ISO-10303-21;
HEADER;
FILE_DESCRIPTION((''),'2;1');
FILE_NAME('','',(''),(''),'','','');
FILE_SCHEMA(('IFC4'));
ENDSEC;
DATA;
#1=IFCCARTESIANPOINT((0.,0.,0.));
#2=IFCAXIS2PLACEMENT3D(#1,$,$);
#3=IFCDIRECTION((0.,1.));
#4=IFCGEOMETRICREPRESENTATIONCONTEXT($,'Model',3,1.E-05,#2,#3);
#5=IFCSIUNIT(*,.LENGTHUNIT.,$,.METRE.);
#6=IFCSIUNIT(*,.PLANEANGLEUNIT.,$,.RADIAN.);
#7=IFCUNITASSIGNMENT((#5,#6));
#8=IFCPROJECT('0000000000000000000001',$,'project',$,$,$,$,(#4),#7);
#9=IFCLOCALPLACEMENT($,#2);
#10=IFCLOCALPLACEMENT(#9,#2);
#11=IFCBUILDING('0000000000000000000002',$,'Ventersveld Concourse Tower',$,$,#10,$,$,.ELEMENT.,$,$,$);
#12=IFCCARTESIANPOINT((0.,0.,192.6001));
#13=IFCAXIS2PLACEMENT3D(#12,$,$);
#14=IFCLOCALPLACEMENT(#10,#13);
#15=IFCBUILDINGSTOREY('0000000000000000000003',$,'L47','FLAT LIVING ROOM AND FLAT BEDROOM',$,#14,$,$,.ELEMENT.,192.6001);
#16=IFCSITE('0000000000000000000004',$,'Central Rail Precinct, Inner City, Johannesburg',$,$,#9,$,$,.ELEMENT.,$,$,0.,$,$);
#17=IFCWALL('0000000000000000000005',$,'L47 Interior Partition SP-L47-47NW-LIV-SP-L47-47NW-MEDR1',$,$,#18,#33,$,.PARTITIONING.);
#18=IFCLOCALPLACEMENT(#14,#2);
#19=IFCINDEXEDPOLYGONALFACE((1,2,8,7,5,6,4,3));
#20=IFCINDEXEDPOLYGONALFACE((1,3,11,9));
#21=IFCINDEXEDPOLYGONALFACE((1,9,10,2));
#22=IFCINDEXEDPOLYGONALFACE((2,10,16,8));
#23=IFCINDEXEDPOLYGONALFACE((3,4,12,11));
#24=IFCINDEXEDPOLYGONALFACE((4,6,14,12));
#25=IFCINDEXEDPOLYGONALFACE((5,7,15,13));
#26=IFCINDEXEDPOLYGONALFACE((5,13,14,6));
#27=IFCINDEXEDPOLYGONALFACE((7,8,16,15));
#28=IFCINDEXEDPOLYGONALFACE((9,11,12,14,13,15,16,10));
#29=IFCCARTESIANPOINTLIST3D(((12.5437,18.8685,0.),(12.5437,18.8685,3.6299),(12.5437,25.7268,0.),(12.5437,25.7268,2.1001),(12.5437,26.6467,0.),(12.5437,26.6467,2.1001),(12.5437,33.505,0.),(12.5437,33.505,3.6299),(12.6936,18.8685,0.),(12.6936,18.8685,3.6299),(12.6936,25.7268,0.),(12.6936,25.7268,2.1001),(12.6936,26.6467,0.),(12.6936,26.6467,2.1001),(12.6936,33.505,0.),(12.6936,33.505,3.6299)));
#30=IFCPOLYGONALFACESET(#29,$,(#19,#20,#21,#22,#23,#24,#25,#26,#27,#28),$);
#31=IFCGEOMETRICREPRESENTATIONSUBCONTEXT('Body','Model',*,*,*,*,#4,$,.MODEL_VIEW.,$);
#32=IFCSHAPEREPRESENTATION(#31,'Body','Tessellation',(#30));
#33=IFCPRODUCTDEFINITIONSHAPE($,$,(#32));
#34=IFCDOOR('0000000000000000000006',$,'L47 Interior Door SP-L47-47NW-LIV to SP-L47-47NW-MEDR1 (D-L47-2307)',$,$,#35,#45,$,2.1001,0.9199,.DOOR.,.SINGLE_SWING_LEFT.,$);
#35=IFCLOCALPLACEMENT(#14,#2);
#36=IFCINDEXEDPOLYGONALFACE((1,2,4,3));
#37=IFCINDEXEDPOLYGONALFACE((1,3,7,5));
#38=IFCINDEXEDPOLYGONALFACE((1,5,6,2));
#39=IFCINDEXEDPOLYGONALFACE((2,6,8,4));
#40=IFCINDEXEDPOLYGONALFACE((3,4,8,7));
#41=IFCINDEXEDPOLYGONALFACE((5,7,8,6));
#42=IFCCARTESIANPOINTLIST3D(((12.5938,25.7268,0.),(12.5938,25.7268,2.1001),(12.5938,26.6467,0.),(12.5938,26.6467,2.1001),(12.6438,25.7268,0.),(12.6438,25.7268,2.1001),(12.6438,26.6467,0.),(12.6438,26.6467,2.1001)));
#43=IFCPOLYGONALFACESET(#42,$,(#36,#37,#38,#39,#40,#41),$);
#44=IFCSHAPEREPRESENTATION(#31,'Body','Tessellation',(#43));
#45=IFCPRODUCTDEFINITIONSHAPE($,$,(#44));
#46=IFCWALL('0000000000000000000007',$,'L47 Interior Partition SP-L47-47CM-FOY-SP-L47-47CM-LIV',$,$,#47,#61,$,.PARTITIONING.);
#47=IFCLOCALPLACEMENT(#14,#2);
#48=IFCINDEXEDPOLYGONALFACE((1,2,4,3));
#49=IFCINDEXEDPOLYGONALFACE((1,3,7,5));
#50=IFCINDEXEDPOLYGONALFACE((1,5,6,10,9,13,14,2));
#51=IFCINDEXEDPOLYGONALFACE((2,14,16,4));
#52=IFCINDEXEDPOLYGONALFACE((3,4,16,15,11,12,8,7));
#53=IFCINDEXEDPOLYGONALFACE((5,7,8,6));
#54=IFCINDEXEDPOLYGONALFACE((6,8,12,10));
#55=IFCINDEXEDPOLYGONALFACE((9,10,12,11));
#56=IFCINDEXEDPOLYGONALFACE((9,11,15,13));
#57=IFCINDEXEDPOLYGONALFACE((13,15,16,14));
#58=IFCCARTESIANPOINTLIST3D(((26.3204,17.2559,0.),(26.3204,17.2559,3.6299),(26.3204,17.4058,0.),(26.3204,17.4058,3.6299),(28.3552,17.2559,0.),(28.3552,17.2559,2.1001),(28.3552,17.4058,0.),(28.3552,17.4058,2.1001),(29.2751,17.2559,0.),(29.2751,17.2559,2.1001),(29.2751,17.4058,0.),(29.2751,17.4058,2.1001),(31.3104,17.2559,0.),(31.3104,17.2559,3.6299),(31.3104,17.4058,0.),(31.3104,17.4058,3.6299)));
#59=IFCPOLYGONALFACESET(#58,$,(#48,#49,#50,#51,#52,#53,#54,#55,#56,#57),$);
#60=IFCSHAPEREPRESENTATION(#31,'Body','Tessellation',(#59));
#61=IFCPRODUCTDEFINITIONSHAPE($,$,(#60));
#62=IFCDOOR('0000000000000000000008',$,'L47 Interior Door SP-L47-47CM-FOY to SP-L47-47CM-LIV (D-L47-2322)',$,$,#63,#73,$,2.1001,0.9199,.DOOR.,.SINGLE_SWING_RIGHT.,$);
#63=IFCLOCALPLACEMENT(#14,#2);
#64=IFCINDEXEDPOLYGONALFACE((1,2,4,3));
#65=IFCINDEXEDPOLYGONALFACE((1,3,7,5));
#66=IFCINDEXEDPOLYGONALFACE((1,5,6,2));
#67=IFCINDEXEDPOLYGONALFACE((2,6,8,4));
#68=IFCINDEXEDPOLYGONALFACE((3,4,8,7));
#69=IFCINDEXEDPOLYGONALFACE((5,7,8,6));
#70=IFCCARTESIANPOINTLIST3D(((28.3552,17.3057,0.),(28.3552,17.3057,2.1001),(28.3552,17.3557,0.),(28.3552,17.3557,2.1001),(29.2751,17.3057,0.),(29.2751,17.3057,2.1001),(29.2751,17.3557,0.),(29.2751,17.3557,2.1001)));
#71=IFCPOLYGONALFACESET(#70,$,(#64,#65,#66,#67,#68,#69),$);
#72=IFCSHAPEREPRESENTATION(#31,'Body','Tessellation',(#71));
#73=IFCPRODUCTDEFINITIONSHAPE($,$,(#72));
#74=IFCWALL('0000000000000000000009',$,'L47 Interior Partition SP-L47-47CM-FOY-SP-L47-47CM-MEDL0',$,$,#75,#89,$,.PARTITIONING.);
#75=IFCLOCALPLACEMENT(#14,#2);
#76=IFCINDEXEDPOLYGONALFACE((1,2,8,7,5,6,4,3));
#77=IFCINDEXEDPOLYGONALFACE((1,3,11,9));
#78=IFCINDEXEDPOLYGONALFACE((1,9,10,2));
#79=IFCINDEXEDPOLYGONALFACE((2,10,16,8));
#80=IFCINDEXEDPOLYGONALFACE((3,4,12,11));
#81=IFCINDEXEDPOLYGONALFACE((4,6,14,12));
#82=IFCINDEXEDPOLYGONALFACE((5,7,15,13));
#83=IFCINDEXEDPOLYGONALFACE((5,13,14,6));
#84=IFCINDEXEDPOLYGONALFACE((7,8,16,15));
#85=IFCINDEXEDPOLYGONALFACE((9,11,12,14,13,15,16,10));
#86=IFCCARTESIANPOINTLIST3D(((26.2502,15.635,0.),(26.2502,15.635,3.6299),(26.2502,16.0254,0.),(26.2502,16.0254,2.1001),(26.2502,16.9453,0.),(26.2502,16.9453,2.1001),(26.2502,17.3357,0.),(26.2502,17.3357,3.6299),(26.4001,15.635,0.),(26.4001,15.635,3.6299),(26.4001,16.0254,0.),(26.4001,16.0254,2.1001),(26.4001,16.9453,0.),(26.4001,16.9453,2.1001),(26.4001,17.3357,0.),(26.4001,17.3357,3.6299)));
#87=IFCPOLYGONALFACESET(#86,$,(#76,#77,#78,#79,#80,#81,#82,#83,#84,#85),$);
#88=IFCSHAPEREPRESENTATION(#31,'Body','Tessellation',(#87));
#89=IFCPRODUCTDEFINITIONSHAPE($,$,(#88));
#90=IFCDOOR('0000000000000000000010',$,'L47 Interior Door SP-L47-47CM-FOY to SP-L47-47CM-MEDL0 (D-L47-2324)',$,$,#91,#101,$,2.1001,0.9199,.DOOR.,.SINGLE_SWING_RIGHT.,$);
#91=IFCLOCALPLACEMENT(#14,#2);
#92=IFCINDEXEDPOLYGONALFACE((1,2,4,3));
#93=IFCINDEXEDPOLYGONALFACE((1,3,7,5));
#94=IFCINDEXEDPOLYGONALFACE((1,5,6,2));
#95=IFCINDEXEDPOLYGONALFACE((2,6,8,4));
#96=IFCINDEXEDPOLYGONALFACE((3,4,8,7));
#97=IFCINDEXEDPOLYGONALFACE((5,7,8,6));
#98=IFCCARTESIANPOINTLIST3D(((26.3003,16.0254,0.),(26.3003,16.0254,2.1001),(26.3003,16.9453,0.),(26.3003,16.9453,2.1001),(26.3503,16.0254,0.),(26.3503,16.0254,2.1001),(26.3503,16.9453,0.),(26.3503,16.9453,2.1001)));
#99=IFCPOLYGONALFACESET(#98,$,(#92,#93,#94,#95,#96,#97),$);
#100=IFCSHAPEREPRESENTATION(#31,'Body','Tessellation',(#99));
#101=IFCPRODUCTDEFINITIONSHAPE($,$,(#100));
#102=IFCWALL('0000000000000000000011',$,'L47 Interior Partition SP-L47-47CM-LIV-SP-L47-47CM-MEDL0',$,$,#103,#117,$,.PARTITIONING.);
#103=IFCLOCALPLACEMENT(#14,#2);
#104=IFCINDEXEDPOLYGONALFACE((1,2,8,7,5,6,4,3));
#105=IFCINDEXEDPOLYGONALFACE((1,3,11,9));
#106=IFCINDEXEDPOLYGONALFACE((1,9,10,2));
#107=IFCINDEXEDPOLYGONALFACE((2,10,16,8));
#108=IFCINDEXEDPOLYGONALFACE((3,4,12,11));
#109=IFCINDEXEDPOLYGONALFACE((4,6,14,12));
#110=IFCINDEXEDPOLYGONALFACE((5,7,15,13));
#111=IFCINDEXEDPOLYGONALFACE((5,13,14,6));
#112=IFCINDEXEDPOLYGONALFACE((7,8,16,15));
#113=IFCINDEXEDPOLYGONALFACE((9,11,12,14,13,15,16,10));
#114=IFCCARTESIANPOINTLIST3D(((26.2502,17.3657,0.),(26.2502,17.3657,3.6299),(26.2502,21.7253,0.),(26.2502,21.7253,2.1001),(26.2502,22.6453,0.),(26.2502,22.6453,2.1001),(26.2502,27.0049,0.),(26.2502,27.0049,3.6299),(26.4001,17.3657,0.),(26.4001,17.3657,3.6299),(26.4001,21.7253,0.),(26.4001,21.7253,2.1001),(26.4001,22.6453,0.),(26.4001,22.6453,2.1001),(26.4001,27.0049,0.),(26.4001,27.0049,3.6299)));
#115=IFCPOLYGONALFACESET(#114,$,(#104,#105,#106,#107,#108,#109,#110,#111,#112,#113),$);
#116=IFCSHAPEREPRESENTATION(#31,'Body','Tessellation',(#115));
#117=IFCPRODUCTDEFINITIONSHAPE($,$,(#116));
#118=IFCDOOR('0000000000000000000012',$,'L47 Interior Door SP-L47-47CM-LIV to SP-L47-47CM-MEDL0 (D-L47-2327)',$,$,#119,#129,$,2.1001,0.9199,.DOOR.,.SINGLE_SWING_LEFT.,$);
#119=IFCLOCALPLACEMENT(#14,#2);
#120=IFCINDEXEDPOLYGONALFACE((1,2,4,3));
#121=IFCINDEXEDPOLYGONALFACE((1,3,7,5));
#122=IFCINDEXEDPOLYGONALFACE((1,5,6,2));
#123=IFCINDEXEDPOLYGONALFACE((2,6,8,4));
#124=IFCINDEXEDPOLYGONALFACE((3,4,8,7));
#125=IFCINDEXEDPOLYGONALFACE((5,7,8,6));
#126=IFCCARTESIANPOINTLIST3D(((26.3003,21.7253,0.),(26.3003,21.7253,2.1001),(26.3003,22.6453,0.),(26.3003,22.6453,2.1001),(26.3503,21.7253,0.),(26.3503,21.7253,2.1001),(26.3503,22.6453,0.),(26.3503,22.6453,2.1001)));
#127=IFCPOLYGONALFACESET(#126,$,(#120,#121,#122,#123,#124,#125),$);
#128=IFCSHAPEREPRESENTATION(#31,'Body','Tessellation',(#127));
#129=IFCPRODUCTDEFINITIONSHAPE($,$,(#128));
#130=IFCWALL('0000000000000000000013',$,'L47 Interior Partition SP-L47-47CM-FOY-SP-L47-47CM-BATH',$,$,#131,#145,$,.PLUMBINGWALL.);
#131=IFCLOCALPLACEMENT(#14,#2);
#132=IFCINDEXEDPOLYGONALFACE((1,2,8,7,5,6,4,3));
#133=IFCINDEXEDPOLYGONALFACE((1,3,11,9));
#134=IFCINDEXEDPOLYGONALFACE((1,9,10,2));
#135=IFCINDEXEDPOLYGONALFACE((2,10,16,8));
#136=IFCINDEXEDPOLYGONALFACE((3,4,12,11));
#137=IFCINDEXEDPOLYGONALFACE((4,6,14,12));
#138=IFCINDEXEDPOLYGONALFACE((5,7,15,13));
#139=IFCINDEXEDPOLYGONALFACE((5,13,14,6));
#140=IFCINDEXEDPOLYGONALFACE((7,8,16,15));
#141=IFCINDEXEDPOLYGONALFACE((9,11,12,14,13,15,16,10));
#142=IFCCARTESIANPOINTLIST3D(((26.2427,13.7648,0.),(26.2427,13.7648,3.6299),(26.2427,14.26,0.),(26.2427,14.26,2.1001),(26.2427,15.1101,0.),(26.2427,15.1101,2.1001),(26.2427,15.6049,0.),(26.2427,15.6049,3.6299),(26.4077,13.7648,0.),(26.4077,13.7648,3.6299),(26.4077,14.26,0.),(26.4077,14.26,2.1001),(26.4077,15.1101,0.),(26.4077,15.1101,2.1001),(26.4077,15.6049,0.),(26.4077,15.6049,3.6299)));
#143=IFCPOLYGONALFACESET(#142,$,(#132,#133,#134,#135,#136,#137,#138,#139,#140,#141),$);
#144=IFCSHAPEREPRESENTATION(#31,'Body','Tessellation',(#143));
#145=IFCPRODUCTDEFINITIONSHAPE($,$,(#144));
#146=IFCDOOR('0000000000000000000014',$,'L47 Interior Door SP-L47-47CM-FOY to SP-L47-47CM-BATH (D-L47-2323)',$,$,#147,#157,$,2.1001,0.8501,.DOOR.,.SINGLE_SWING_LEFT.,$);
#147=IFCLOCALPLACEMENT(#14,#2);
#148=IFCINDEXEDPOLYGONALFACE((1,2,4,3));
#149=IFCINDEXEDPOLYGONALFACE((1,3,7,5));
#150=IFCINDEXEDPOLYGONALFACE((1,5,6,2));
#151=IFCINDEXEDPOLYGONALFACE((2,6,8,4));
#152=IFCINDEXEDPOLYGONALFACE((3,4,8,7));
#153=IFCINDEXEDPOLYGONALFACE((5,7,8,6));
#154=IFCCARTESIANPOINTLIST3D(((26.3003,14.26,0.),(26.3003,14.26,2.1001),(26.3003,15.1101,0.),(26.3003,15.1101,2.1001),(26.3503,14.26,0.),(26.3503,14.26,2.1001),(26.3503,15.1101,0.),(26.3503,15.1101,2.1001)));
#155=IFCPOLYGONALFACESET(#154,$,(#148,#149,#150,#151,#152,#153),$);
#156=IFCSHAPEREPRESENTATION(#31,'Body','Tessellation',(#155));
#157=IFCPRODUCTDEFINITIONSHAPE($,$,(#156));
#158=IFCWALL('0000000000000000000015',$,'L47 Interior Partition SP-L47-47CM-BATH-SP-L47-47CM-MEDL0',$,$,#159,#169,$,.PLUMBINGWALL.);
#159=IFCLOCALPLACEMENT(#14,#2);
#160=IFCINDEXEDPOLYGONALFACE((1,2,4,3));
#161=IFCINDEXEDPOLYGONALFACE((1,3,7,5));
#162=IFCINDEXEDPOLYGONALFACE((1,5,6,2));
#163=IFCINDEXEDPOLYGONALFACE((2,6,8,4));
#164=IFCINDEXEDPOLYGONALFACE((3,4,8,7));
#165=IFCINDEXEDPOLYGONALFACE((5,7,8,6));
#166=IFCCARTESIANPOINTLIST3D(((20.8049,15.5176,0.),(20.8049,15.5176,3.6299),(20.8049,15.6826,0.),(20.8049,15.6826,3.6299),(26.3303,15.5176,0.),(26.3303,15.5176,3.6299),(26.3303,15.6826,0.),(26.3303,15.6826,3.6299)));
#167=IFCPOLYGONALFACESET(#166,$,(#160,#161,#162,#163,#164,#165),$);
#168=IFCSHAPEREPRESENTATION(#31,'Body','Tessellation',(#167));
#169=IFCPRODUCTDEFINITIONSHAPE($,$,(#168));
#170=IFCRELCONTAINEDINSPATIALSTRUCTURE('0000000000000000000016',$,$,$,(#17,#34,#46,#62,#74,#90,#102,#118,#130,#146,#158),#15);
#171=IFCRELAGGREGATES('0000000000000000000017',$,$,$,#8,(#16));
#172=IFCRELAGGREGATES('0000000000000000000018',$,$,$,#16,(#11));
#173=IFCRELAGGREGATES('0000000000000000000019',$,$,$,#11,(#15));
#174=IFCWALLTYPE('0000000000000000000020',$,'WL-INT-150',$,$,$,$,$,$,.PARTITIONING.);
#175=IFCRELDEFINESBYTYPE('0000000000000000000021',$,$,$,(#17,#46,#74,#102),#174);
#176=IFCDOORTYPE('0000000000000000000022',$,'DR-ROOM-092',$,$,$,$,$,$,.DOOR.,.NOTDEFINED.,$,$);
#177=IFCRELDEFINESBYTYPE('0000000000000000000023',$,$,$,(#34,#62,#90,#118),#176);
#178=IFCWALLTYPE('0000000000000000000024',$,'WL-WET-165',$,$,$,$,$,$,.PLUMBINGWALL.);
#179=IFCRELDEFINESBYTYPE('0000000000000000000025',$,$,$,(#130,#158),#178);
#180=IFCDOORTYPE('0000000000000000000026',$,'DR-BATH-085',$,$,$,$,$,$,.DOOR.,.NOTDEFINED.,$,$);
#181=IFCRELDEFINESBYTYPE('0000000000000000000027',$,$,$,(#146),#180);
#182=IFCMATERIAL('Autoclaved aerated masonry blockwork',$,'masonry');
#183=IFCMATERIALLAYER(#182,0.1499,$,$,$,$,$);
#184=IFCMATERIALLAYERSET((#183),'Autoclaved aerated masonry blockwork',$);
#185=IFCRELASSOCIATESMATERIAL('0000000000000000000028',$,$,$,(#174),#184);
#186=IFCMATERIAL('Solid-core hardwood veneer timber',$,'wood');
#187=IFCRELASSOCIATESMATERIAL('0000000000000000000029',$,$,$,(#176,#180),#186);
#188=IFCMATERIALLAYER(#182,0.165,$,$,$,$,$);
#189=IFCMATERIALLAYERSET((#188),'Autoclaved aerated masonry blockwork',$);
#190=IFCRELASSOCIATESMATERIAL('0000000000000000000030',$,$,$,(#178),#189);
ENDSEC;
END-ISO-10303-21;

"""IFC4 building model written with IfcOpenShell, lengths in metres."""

from ifc_helpers import new_model, si_unit, direction, frame, frame_2d, origin, place, context, subcontext, project, spatial, rectangle, extrude, material, layer, layer_set, type_object, element, fill, save


model = new_model("IFC4")

# Units and contexts
model_context = context("Model", 3, precision=1e-05, world=origin(), true_north=direction((0.0, 1.0)))
body_context = subcontext(model_context, "Body", "Model", "MODEL_VIEW")
ifc_project = project(units=[si_unit("LENGTHUNIT", "METRE"), si_unit("PLANEANGLEUNIT", "RADIAN")], contexts=[model_context])

# Site, building, storey
site_placement = place(None, origin())
site = spatial("IfcSite", under=ifc_project, at=site_placement, Name="Central Rail Precinct, Inner City, Johannesburg", CompositionType="ELEMENT", RefElevation=0.0)
building_placement = place(site_placement, origin())
building = spatial("IfcBuilding", under=site, at=building_placement, Name="Ventersveld Concourse Tower", CompositionType="ELEMENT")
storey_placement = place(building_placement, frame((0.0, 0.0, 192.6001)))
storey = spatial("IfcBuildingStorey", under=building, at=storey_placement, Name="L47", Description="FLAT LIVING ROOM AND FLAT BEDROOM", CompositionType="ELEMENT", Elevation=192.6001)

# Shared definitions
ifc_material_1 = material(Name="Solid-core hardwood veneer timber", Category="wood")

# Walls, openings, doors
ifc_material_2 = material(Name="Autoclaved aerated masonry blockwork", Category="masonry")
ifc_layer_1 = layer(ifc_material_2, 0.1499)
ifc_layer_set_1 = layer_set([ifc_layer_1], Name="Autoclaved aerated masonry blockwork")
wall_type_1 = type_object("IfcWallType", Name="WL-INT-150", PredefinedType="PARTITIONING", material=ifc_layer_set_1)
wall_1_placement = place(storey_placement, frame((12.6187, 18.8684, 0.0), z_axis=(0.0, 0.0, 1.0), x_axis=(0.0, 1.0, 0.0)))
wall_1 = element("IfcWall", 1, at=wall_1_placement, inside=storey, type_object=wall_type_1, Name="L47 Interior Partition SP-L47-47NW-LIV-SP-L47-47NW-MEDR1", PredefinedType="PARTITIONING", context=body_context, shape_type="SweptSolid", body=[
    extrude(rectangle(XDim=14.6365, YDim=0.1499, at=frame_2d((7.3184, 0.0))), origin(), (0.0, 0.0, 1.0), 3.6299),
])
opening_1_placement = place(wall_1_placement, frame((6.8584, 0.0, 0.0)))
opening_1 = element("IfcOpeningElement", 2, at=opening_1_placement, cuts=wall_1, PredefinedType="OPENING", context=body_context, shape_type="SweptSolid", body=[
    extrude(rectangle(XDim=0.9199, YDim=2.1001, at=frame_2d((0.46, 1.05))), frame((0.0, 0.085, 0.0), z_axis=(0.0, -1.0, 0.0), x_axis=(1.0, 0.0, 0.0)), (0.0, 0.0, 1.0), 0.1699),
])
door_type_1 = type_object("IfcDoorType", Name="DR-ROOM-092", OperationType="NOTDEFINED", PredefinedType="DOOR", material=ifc_material_1)
door_1_placement = place(opening_1_placement, origin())
door_1 = element("IfcDoor", 3, at=door_1_placement, inside=storey, type_object=door_type_1, Name="L47 Interior Door SP-L47-47NW-LIV to SP-L47-47NW-MEDR1 (D-L47-2307)", OperationType="SINGLE_SWING_LEFT", OverallHeight=2.1001, OverallWidth=0.9199, PredefinedType="DOOR", context=body_context, shape_type="SweptSolid", body=[
    extrude(rectangle(XDim=0.9199, YDim=2.1001, at=frame_2d((0.46, 1.05))), frame((0.0, 0.0249, 0.0), z_axis=(0.0, -1.0, 0.0), x_axis=(1.0, 0.0, 0.0)), (0.0, 0.0, 1.0), 0.05),
])
fill(opening_1, door_1)
wall_2_placement = place(storey_placement, frame((26.3203, 17.3308, 0.0), z_axis=(0.0, 0.0, 1.0), x_axis=(1.0, 0.0, 0.0)))
wall_2 = element("IfcWall", 4, at=wall_2_placement, inside=storey, type_object=wall_type_1, Name="L47 Interior Partition SP-L47-47CM-FOY-SP-L47-47CM-LIV", PredefinedType="PARTITIONING", context=body_context, shape_type="SweptSolid", body=[
    extrude(rectangle(XDim=4.99, YDim=0.1499, at=frame_2d((2.4951, 0.0))), origin(), (0.0, 0.0, 1.0), 3.6299),
])
opening_2_placement = place(wall_2_placement, frame((2.0349, 0.0, 0.0)))
opening_2 = element("IfcOpeningElement", 5, at=opening_2_placement, cuts=wall_2, PredefinedType="OPENING", context=body_context, shape_type="SweptSolid", body=[
    extrude(rectangle(XDim=0.9199, YDim=2.1001, at=frame_2d((0.46, 1.05))), frame((0.0, 0.085, 0.0), z_axis=(0.0, -1.0, 0.0), x_axis=(1.0, 0.0, 0.0)), (0.0, 0.0, 1.0), 0.1699),
])
door_2_placement = place(opening_2_placement, origin())
door_2 = element("IfcDoor", 6, at=door_2_placement, inside=storey, type_object=door_type_1, Name="L47 Interior Door SP-L47-47CM-FOY to SP-L47-47CM-LIV (D-L47-2322)", OperationType="SINGLE_SWING_RIGHT", OverallHeight=2.1001, OverallWidth=0.9199, PredefinedType="DOOR", context=body_context, shape_type="SweptSolid", body=[
    extrude(rectangle(XDim=0.9199, YDim=2.1001, at=frame_2d((0.46, 1.05))), frame((0.0, 0.0249, 0.0), z_axis=(0.0, -1.0, 0.0), x_axis=(1.0, 0.0, 0.0)), (0.0, 0.0, 1.0), 0.05),
])
fill(opening_2, door_2)
wall_3_placement = place(storey_placement, frame((26.3252, 15.635, 0.0), z_axis=(0.0, 0.0, 1.0), x_axis=(0.0, 1.0, 0.0)))
wall_3 = element("IfcWall", 7, at=wall_3_placement, inside=storey, type_object=wall_type_1, Name="L47 Interior Partition SP-L47-47CM-FOY-SP-L47-47CM-MEDL0", PredefinedType="PARTITIONING", context=body_context, shape_type="SweptSolid", body=[
    extrude(rectangle(XDim=1.7007, YDim=0.1499, at=frame_2d((0.8503, 0.0))), origin(), (0.0, 0.0, 1.0), 3.6299),
])
opening_3_placement = place(wall_3_placement, frame((0.3904, 0.0, 0.0)))
opening_3 = element("IfcOpeningElement", 8, at=opening_3_placement, cuts=wall_3, PredefinedType="OPENING", context=body_context, shape_type="SweptSolid", body=[
    extrude(rectangle(XDim=0.9199, YDim=2.1001, at=frame_2d((0.46, 1.05))), frame((0.0, 0.085, 0.0), z_axis=(0.0, -1.0, 0.0), x_axis=(1.0, 0.0, 0.0)), (0.0, 0.0, 1.0), 0.1699),
])
door_3_placement = place(opening_3_placement, origin())
door_3 = element("IfcDoor", 9, at=door_3_placement, inside=storey, type_object=door_type_1, Name="L47 Interior Door SP-L47-47CM-FOY to SP-L47-47CM-MEDL0 (D-L47-2324)", OperationType="SINGLE_SWING_RIGHT", OverallHeight=2.1001, OverallWidth=0.9199, PredefinedType="DOOR", context=body_context, shape_type="SweptSolid", body=[
    extrude(rectangle(XDim=0.9199, YDim=2.1001, at=frame_2d((0.46, 1.05))), frame((0.0, 0.0249, 0.0), z_axis=(0.0, -1.0, 0.0), x_axis=(1.0, 0.0, 0.0)), (0.0, 0.0, 1.0), 0.05),
])
fill(opening_3, door_3)
wall_4_placement = place(storey_placement, frame((26.3252, 17.3657, 0.0), z_axis=(0.0, 0.0, 1.0), x_axis=(0.0, 1.0, 0.0)))
wall_4 = element("IfcWall", 10, at=wall_4_placement, inside=storey, type_object=wall_type_1, Name="L47 Interior Partition SP-L47-47CM-LIV-SP-L47-47CM-MEDL0", PredefinedType="PARTITIONING", context=body_context, shape_type="SweptSolid", body=[
    extrude(rectangle(XDim=9.6392, YDim=0.1499, at=frame_2d((4.8196, 0.0))), origin(), (0.0, 0.0, 1.0), 3.6299),
])
opening_4_placement = place(wall_4_placement, frame((4.3596, 0.0, 0.0)))
opening_4 = element("IfcOpeningElement", 11, at=opening_4_placement, cuts=wall_4, PredefinedType="OPENING", context=body_context, shape_type="SweptSolid", body=[
    extrude(rectangle(XDim=0.9199, YDim=2.1001, at=frame_2d((0.46, 1.05))), frame((0.0, 0.085, 0.0), z_axis=(0.0, -1.0, 0.0), x_axis=(1.0, 0.0, 0.0)), (0.0, 0.0, 1.0), 0.1699),
])
door_4_placement = place(opening_4_placement, origin())
door_4 = element("IfcDoor", 12, at=door_4_placement, inside=storey, type_object=door_type_1, Name="L47 Interior Door SP-L47-47CM-LIV to SP-L47-47CM-MEDL0 (D-L47-2327)", OperationType="SINGLE_SWING_LEFT", OverallHeight=2.1001, OverallWidth=0.9199, PredefinedType="DOOR", context=body_context, shape_type="SweptSolid", body=[
    extrude(rectangle(XDim=0.9199, YDim=2.1001, at=frame_2d((0.46, 1.05))), frame((0.0, 0.0249, 0.0), z_axis=(0.0, -1.0, 0.0), x_axis=(1.0, 0.0, 0.0)), (0.0, 0.0, 1.0), 0.05),
])
fill(opening_4, door_4)
ifc_layer_2 = layer(ifc_material_2, 0.165)
ifc_layer_set_2 = layer_set([ifc_layer_2], Name="Autoclaved aerated masonry blockwork")
wall_type_2 = type_object("IfcWallType", Name="WL-WET-165", PredefinedType="PLUMBINGWALL", material=ifc_layer_set_2)
wall_5_placement = place(storey_placement, frame((26.3252, 13.7649, 0.0), z_axis=(0.0, 0.0, 1.0), x_axis=(0.0, 1.0, 0.0)))
wall_5 = element("IfcWall", 13, at=wall_5_placement, inside=storey, type_object=wall_type_2, Name="L47 Interior Partition SP-L47-47CM-FOY-SP-L47-47CM-BATH", PredefinedType="PLUMBINGWALL", context=body_context, shape_type="SweptSolid", body=[
    extrude(rectangle(XDim=1.8401, YDim=0.165, at=frame_2d((0.9199, 0.0))), origin(), (0.0, 0.0, 1.0), 3.6299),
])
opening_5_placement = place(wall_5_placement, frame((0.4951, 0.0, 0.0)))
opening_5 = element("IfcOpeningElement", 14, at=opening_5_placement, cuts=wall_5, PredefinedType="OPENING", context=body_context, shape_type="SweptSolid", body=[
    extrude(rectangle(XDim=0.8501, YDim=2.1001, at=frame_2d((0.425, 1.05))), frame((0.0, 0.0925, 0.0), z_axis=(0.0, -1.0, 0.0), x_axis=(1.0, 0.0, 0.0)), (0.0, 0.0, 1.0), 0.1851),
])
door_type_2 = type_object("IfcDoorType", Name="DR-BATH-085", OperationType="NOTDEFINED", PredefinedType="DOOR", material=ifc_material_1)
door_5_placement = place(opening_5_placement, origin())
door_5 = element("IfcDoor", 15, at=door_5_placement, inside=storey, type_object=door_type_2, Name="L47 Interior Door SP-L47-47CM-FOY to SP-L47-47CM-BATH (D-L47-2323)", OperationType="SINGLE_SWING_LEFT", OverallHeight=2.1001, OverallWidth=0.8501, PredefinedType="DOOR", context=body_context, shape_type="SweptSolid", body=[
    extrude(rectangle(XDim=0.8501, YDim=2.1001, at=frame_2d((0.425, 1.05))), frame((0.0, 0.0249, 0.0), z_axis=(0.0, -1.0, 0.0), x_axis=(1.0, 0.0, 0.0)), (0.0, 0.0, 1.0), 0.05),
])
fill(opening_5, door_5)

# Wall
wall_6_placement = place(storey_placement, frame((20.8049, 15.6001, 0.0), z_axis=(0.0, 0.0, 1.0), x_axis=(1.0, 0.0, 0.0)))
element("IfcWall", 16, at=wall_6_placement, inside=storey, type_object=wall_type_2, Name="L47 Interior Partition SP-L47-47CM-BATH-SP-L47-47CM-MEDL0", PredefinedType="PLUMBINGWALL", context=body_context, shape_type="SweptSolid", body=[
    extrude(rectangle(XDim=5.5254, YDim=0.165, at=frame_2d((2.7627, 0.0))), origin(), (0.0, 0.0, 1.0), 3.6299),
])

save(model, "model.ifc")
